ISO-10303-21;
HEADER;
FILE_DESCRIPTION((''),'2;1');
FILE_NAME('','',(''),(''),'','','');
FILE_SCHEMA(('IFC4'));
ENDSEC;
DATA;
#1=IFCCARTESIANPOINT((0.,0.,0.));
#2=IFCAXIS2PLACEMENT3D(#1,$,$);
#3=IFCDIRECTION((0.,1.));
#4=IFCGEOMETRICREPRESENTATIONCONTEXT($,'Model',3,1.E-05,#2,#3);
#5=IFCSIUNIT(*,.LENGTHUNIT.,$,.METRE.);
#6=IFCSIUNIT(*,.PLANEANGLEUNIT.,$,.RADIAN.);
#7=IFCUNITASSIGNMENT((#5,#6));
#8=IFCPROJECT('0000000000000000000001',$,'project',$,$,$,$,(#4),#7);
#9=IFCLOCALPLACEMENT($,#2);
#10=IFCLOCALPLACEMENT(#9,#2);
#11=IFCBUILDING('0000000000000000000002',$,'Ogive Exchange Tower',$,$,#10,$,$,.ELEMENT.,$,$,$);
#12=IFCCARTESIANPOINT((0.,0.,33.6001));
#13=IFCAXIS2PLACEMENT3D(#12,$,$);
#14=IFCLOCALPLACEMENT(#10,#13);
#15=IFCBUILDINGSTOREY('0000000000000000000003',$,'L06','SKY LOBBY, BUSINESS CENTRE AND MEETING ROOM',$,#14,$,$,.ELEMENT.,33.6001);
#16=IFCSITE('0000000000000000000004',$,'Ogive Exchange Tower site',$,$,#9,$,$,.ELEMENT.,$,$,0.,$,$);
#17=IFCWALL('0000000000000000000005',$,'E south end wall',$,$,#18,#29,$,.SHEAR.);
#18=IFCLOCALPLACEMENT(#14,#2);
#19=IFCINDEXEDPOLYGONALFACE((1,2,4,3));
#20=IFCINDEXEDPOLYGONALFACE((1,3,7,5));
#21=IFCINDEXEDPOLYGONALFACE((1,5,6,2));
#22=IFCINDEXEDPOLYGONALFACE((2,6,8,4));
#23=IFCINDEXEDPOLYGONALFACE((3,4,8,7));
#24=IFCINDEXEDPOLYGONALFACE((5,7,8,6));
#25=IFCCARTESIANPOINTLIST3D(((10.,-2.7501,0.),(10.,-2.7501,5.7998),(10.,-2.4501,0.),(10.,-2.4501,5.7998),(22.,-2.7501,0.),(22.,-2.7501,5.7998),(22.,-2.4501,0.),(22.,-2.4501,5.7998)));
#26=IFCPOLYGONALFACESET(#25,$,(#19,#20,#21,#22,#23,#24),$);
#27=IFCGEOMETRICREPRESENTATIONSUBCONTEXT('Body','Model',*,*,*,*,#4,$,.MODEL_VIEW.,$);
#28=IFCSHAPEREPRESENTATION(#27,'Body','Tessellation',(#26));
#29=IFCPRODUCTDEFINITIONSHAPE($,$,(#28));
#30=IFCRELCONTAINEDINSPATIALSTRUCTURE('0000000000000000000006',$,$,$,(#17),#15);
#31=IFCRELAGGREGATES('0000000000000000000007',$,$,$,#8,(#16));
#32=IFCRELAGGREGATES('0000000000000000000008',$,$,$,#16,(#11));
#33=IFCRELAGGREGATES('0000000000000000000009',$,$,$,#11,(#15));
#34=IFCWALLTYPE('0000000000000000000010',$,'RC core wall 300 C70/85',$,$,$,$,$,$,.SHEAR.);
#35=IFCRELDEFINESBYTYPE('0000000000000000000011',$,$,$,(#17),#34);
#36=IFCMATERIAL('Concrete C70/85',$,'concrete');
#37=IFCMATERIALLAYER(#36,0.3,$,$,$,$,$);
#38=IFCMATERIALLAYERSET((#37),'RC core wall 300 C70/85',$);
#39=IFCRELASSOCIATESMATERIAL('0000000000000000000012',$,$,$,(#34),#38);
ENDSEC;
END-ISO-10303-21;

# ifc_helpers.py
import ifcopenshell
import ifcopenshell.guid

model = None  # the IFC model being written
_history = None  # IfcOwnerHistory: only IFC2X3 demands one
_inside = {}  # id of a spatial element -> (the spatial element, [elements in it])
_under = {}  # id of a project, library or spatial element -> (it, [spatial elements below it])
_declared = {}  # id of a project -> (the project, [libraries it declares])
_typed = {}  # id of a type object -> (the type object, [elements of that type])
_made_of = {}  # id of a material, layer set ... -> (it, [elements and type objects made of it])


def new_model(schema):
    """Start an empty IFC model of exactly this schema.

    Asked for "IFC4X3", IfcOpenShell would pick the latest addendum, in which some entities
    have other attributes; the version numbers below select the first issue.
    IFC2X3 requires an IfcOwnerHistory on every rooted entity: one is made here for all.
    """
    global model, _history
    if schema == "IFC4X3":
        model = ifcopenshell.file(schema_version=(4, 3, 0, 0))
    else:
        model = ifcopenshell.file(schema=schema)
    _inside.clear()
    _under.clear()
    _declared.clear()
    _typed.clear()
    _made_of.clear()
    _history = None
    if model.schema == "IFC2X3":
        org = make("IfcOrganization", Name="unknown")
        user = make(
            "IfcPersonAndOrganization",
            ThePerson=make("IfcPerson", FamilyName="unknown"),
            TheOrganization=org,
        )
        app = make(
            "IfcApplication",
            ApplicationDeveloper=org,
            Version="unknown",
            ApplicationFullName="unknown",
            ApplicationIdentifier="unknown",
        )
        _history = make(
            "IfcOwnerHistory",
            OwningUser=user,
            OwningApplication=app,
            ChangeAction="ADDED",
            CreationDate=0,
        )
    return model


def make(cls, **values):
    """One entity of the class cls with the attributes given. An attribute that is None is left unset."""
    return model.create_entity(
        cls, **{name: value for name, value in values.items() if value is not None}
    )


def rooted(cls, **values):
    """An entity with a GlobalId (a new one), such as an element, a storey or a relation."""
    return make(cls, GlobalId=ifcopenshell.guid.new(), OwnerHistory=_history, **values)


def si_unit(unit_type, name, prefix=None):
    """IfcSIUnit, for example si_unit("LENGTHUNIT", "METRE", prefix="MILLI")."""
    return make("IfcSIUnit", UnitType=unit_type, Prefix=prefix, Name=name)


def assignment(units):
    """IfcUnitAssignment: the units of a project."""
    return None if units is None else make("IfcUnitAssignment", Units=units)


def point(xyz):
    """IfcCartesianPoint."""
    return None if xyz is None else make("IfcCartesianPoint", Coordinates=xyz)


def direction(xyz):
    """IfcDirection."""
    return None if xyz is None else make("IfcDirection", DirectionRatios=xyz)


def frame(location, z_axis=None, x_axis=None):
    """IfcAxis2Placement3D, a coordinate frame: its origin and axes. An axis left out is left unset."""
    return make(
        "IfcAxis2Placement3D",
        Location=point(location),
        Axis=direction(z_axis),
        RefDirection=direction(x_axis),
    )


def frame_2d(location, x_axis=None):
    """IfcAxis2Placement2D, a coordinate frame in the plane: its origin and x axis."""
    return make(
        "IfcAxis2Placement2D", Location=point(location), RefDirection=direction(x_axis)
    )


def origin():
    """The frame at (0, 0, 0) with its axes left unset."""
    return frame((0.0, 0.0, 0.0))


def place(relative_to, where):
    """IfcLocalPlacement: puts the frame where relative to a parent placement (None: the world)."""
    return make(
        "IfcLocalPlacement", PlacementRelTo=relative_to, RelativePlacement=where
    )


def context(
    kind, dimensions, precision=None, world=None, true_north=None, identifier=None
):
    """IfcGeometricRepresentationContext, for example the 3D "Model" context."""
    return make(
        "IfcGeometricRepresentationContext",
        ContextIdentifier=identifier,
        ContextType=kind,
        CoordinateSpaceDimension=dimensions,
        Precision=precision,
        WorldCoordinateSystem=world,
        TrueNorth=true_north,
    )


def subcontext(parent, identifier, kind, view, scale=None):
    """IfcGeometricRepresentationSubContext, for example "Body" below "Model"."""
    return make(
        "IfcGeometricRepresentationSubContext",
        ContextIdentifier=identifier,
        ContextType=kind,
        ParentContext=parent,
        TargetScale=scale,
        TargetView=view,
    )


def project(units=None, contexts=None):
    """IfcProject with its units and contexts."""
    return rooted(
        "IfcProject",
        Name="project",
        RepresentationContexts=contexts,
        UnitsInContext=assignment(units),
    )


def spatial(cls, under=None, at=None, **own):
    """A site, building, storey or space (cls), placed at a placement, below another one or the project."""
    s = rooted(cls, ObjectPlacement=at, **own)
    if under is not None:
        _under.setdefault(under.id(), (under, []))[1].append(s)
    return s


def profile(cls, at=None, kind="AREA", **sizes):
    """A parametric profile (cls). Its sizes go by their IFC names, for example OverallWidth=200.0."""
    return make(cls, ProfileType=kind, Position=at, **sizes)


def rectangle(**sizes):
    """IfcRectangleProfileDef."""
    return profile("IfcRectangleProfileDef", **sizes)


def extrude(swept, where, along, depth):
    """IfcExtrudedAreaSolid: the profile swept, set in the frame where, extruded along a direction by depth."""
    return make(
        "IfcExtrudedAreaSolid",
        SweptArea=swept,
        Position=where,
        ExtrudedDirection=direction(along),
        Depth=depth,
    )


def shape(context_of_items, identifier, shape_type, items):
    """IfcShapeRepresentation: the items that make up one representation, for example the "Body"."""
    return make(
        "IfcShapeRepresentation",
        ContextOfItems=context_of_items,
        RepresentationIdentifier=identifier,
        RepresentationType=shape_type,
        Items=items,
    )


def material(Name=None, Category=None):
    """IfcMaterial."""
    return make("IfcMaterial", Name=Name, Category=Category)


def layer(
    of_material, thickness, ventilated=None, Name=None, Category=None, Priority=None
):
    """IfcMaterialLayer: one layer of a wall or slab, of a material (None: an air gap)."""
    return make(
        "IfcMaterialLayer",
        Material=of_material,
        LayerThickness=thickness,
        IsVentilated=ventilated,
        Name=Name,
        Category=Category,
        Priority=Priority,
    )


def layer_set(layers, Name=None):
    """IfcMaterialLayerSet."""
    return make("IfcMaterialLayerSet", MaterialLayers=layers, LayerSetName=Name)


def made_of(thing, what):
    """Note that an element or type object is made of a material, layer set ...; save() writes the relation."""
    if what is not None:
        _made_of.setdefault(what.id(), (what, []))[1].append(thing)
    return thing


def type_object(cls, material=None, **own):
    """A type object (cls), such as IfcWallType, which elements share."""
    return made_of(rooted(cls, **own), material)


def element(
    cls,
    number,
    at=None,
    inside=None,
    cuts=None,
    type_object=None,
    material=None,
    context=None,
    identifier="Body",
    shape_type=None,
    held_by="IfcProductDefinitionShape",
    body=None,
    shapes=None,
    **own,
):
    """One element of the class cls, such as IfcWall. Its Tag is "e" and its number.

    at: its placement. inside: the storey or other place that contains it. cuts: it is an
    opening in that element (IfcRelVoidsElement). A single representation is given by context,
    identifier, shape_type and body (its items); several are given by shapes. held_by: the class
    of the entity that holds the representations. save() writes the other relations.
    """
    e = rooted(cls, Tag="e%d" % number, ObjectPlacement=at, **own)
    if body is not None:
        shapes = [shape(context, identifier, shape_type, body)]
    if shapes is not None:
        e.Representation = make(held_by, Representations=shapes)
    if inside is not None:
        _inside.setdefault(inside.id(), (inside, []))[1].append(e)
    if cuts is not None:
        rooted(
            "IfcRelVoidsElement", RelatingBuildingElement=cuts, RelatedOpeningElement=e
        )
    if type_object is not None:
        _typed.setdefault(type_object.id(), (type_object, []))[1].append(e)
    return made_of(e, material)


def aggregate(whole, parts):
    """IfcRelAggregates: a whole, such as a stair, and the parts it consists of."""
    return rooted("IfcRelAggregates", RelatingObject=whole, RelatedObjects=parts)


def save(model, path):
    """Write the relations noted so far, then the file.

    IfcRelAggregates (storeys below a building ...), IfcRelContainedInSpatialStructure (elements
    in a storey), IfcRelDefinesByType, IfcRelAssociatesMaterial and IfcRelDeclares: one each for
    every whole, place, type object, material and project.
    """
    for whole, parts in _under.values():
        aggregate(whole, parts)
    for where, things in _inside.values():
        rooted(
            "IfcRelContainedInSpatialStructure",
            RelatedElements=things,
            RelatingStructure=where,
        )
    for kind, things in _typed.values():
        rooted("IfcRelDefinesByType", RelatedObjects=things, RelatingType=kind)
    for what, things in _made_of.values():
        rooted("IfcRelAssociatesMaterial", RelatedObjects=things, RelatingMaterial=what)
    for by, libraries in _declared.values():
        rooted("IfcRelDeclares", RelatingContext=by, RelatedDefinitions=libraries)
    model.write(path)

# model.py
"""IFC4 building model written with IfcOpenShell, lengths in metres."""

from ifc_helpers import new_model, si_unit, direction, frame, frame_2d, origin, place, context, subcontext, project, spatial, rectangle, extrude, material, layer, layer_set, type_object, element, save


model = new_model("IFC4")

# Units and contexts
model_context = context("Model", 3, precision=1e-05, world=origin(), true_north=direction((0.0, 1.0)))
body_context = subcontext(model_context, "Body", "Model", "MODEL_VIEW")
ifc_project = project(units=[si_unit("LENGTHUNIT", "METRE"), si_unit("PLANEANGLEUNIT", "RADIAN")], contexts=[model_context])

# Site, building, storey
site_placement = place(None, origin())
site = spatial("IfcSite", under=ifc_project, at=site_placement, Name="Ogive Exchange Tower site", CompositionType="ELEMENT", RefElevation=0.0)
building_placement = place(site_placement, origin())
building = spatial("IfcBuilding", under=site, at=building_placement, Name="Ogive Exchange Tower", CompositionType="ELEMENT")
storey_placement = place(building_placement, frame((0.0, 0.0, 33.6001)))
storey = spatial("IfcBuildingStorey", under=building, at=storey_placement, Name="L06", Description="SKY LOBBY, BUSINESS CENTRE AND MEETING ROOM", CompositionType="ELEMENT", Elevation=33.6001)

# Shared definitions
ifc_material_1 = material(Name="Concrete C70/85", Category="concrete")

# Wall
ifc_layer_1 = layer(ifc_material_1, 0.3)
ifc_layer_set_1 = layer_set([ifc_layer_1], Name="RC core wall 300 C70/85")
wall_type_1 = type_object("IfcWallType", Name="RC core wall 300 C70/85", PredefinedType="SHEAR", material=ifc_layer_set_1)
wall_1_placement = place(storey_placement, frame((10.0, -2.6001, 0.0), z_axis=(0.0, 0.0, 1.0), x_axis=(1.0, 0.0, 0.0)))
element("IfcWall", 1, at=wall_1_placement, inside=storey, type_object=wall_type_1, Name="E south end wall", PredefinedType="SHEAR", context=body_context, shape_type="SweptSolid", body=[
    extrude(rectangle(XDim=12.0, YDim=0.3, at=frame_2d((6.0, 0.0))), origin(), (0.0, 0.0, 1.0), 5.7998),
])

save(model, "model.ifc")
